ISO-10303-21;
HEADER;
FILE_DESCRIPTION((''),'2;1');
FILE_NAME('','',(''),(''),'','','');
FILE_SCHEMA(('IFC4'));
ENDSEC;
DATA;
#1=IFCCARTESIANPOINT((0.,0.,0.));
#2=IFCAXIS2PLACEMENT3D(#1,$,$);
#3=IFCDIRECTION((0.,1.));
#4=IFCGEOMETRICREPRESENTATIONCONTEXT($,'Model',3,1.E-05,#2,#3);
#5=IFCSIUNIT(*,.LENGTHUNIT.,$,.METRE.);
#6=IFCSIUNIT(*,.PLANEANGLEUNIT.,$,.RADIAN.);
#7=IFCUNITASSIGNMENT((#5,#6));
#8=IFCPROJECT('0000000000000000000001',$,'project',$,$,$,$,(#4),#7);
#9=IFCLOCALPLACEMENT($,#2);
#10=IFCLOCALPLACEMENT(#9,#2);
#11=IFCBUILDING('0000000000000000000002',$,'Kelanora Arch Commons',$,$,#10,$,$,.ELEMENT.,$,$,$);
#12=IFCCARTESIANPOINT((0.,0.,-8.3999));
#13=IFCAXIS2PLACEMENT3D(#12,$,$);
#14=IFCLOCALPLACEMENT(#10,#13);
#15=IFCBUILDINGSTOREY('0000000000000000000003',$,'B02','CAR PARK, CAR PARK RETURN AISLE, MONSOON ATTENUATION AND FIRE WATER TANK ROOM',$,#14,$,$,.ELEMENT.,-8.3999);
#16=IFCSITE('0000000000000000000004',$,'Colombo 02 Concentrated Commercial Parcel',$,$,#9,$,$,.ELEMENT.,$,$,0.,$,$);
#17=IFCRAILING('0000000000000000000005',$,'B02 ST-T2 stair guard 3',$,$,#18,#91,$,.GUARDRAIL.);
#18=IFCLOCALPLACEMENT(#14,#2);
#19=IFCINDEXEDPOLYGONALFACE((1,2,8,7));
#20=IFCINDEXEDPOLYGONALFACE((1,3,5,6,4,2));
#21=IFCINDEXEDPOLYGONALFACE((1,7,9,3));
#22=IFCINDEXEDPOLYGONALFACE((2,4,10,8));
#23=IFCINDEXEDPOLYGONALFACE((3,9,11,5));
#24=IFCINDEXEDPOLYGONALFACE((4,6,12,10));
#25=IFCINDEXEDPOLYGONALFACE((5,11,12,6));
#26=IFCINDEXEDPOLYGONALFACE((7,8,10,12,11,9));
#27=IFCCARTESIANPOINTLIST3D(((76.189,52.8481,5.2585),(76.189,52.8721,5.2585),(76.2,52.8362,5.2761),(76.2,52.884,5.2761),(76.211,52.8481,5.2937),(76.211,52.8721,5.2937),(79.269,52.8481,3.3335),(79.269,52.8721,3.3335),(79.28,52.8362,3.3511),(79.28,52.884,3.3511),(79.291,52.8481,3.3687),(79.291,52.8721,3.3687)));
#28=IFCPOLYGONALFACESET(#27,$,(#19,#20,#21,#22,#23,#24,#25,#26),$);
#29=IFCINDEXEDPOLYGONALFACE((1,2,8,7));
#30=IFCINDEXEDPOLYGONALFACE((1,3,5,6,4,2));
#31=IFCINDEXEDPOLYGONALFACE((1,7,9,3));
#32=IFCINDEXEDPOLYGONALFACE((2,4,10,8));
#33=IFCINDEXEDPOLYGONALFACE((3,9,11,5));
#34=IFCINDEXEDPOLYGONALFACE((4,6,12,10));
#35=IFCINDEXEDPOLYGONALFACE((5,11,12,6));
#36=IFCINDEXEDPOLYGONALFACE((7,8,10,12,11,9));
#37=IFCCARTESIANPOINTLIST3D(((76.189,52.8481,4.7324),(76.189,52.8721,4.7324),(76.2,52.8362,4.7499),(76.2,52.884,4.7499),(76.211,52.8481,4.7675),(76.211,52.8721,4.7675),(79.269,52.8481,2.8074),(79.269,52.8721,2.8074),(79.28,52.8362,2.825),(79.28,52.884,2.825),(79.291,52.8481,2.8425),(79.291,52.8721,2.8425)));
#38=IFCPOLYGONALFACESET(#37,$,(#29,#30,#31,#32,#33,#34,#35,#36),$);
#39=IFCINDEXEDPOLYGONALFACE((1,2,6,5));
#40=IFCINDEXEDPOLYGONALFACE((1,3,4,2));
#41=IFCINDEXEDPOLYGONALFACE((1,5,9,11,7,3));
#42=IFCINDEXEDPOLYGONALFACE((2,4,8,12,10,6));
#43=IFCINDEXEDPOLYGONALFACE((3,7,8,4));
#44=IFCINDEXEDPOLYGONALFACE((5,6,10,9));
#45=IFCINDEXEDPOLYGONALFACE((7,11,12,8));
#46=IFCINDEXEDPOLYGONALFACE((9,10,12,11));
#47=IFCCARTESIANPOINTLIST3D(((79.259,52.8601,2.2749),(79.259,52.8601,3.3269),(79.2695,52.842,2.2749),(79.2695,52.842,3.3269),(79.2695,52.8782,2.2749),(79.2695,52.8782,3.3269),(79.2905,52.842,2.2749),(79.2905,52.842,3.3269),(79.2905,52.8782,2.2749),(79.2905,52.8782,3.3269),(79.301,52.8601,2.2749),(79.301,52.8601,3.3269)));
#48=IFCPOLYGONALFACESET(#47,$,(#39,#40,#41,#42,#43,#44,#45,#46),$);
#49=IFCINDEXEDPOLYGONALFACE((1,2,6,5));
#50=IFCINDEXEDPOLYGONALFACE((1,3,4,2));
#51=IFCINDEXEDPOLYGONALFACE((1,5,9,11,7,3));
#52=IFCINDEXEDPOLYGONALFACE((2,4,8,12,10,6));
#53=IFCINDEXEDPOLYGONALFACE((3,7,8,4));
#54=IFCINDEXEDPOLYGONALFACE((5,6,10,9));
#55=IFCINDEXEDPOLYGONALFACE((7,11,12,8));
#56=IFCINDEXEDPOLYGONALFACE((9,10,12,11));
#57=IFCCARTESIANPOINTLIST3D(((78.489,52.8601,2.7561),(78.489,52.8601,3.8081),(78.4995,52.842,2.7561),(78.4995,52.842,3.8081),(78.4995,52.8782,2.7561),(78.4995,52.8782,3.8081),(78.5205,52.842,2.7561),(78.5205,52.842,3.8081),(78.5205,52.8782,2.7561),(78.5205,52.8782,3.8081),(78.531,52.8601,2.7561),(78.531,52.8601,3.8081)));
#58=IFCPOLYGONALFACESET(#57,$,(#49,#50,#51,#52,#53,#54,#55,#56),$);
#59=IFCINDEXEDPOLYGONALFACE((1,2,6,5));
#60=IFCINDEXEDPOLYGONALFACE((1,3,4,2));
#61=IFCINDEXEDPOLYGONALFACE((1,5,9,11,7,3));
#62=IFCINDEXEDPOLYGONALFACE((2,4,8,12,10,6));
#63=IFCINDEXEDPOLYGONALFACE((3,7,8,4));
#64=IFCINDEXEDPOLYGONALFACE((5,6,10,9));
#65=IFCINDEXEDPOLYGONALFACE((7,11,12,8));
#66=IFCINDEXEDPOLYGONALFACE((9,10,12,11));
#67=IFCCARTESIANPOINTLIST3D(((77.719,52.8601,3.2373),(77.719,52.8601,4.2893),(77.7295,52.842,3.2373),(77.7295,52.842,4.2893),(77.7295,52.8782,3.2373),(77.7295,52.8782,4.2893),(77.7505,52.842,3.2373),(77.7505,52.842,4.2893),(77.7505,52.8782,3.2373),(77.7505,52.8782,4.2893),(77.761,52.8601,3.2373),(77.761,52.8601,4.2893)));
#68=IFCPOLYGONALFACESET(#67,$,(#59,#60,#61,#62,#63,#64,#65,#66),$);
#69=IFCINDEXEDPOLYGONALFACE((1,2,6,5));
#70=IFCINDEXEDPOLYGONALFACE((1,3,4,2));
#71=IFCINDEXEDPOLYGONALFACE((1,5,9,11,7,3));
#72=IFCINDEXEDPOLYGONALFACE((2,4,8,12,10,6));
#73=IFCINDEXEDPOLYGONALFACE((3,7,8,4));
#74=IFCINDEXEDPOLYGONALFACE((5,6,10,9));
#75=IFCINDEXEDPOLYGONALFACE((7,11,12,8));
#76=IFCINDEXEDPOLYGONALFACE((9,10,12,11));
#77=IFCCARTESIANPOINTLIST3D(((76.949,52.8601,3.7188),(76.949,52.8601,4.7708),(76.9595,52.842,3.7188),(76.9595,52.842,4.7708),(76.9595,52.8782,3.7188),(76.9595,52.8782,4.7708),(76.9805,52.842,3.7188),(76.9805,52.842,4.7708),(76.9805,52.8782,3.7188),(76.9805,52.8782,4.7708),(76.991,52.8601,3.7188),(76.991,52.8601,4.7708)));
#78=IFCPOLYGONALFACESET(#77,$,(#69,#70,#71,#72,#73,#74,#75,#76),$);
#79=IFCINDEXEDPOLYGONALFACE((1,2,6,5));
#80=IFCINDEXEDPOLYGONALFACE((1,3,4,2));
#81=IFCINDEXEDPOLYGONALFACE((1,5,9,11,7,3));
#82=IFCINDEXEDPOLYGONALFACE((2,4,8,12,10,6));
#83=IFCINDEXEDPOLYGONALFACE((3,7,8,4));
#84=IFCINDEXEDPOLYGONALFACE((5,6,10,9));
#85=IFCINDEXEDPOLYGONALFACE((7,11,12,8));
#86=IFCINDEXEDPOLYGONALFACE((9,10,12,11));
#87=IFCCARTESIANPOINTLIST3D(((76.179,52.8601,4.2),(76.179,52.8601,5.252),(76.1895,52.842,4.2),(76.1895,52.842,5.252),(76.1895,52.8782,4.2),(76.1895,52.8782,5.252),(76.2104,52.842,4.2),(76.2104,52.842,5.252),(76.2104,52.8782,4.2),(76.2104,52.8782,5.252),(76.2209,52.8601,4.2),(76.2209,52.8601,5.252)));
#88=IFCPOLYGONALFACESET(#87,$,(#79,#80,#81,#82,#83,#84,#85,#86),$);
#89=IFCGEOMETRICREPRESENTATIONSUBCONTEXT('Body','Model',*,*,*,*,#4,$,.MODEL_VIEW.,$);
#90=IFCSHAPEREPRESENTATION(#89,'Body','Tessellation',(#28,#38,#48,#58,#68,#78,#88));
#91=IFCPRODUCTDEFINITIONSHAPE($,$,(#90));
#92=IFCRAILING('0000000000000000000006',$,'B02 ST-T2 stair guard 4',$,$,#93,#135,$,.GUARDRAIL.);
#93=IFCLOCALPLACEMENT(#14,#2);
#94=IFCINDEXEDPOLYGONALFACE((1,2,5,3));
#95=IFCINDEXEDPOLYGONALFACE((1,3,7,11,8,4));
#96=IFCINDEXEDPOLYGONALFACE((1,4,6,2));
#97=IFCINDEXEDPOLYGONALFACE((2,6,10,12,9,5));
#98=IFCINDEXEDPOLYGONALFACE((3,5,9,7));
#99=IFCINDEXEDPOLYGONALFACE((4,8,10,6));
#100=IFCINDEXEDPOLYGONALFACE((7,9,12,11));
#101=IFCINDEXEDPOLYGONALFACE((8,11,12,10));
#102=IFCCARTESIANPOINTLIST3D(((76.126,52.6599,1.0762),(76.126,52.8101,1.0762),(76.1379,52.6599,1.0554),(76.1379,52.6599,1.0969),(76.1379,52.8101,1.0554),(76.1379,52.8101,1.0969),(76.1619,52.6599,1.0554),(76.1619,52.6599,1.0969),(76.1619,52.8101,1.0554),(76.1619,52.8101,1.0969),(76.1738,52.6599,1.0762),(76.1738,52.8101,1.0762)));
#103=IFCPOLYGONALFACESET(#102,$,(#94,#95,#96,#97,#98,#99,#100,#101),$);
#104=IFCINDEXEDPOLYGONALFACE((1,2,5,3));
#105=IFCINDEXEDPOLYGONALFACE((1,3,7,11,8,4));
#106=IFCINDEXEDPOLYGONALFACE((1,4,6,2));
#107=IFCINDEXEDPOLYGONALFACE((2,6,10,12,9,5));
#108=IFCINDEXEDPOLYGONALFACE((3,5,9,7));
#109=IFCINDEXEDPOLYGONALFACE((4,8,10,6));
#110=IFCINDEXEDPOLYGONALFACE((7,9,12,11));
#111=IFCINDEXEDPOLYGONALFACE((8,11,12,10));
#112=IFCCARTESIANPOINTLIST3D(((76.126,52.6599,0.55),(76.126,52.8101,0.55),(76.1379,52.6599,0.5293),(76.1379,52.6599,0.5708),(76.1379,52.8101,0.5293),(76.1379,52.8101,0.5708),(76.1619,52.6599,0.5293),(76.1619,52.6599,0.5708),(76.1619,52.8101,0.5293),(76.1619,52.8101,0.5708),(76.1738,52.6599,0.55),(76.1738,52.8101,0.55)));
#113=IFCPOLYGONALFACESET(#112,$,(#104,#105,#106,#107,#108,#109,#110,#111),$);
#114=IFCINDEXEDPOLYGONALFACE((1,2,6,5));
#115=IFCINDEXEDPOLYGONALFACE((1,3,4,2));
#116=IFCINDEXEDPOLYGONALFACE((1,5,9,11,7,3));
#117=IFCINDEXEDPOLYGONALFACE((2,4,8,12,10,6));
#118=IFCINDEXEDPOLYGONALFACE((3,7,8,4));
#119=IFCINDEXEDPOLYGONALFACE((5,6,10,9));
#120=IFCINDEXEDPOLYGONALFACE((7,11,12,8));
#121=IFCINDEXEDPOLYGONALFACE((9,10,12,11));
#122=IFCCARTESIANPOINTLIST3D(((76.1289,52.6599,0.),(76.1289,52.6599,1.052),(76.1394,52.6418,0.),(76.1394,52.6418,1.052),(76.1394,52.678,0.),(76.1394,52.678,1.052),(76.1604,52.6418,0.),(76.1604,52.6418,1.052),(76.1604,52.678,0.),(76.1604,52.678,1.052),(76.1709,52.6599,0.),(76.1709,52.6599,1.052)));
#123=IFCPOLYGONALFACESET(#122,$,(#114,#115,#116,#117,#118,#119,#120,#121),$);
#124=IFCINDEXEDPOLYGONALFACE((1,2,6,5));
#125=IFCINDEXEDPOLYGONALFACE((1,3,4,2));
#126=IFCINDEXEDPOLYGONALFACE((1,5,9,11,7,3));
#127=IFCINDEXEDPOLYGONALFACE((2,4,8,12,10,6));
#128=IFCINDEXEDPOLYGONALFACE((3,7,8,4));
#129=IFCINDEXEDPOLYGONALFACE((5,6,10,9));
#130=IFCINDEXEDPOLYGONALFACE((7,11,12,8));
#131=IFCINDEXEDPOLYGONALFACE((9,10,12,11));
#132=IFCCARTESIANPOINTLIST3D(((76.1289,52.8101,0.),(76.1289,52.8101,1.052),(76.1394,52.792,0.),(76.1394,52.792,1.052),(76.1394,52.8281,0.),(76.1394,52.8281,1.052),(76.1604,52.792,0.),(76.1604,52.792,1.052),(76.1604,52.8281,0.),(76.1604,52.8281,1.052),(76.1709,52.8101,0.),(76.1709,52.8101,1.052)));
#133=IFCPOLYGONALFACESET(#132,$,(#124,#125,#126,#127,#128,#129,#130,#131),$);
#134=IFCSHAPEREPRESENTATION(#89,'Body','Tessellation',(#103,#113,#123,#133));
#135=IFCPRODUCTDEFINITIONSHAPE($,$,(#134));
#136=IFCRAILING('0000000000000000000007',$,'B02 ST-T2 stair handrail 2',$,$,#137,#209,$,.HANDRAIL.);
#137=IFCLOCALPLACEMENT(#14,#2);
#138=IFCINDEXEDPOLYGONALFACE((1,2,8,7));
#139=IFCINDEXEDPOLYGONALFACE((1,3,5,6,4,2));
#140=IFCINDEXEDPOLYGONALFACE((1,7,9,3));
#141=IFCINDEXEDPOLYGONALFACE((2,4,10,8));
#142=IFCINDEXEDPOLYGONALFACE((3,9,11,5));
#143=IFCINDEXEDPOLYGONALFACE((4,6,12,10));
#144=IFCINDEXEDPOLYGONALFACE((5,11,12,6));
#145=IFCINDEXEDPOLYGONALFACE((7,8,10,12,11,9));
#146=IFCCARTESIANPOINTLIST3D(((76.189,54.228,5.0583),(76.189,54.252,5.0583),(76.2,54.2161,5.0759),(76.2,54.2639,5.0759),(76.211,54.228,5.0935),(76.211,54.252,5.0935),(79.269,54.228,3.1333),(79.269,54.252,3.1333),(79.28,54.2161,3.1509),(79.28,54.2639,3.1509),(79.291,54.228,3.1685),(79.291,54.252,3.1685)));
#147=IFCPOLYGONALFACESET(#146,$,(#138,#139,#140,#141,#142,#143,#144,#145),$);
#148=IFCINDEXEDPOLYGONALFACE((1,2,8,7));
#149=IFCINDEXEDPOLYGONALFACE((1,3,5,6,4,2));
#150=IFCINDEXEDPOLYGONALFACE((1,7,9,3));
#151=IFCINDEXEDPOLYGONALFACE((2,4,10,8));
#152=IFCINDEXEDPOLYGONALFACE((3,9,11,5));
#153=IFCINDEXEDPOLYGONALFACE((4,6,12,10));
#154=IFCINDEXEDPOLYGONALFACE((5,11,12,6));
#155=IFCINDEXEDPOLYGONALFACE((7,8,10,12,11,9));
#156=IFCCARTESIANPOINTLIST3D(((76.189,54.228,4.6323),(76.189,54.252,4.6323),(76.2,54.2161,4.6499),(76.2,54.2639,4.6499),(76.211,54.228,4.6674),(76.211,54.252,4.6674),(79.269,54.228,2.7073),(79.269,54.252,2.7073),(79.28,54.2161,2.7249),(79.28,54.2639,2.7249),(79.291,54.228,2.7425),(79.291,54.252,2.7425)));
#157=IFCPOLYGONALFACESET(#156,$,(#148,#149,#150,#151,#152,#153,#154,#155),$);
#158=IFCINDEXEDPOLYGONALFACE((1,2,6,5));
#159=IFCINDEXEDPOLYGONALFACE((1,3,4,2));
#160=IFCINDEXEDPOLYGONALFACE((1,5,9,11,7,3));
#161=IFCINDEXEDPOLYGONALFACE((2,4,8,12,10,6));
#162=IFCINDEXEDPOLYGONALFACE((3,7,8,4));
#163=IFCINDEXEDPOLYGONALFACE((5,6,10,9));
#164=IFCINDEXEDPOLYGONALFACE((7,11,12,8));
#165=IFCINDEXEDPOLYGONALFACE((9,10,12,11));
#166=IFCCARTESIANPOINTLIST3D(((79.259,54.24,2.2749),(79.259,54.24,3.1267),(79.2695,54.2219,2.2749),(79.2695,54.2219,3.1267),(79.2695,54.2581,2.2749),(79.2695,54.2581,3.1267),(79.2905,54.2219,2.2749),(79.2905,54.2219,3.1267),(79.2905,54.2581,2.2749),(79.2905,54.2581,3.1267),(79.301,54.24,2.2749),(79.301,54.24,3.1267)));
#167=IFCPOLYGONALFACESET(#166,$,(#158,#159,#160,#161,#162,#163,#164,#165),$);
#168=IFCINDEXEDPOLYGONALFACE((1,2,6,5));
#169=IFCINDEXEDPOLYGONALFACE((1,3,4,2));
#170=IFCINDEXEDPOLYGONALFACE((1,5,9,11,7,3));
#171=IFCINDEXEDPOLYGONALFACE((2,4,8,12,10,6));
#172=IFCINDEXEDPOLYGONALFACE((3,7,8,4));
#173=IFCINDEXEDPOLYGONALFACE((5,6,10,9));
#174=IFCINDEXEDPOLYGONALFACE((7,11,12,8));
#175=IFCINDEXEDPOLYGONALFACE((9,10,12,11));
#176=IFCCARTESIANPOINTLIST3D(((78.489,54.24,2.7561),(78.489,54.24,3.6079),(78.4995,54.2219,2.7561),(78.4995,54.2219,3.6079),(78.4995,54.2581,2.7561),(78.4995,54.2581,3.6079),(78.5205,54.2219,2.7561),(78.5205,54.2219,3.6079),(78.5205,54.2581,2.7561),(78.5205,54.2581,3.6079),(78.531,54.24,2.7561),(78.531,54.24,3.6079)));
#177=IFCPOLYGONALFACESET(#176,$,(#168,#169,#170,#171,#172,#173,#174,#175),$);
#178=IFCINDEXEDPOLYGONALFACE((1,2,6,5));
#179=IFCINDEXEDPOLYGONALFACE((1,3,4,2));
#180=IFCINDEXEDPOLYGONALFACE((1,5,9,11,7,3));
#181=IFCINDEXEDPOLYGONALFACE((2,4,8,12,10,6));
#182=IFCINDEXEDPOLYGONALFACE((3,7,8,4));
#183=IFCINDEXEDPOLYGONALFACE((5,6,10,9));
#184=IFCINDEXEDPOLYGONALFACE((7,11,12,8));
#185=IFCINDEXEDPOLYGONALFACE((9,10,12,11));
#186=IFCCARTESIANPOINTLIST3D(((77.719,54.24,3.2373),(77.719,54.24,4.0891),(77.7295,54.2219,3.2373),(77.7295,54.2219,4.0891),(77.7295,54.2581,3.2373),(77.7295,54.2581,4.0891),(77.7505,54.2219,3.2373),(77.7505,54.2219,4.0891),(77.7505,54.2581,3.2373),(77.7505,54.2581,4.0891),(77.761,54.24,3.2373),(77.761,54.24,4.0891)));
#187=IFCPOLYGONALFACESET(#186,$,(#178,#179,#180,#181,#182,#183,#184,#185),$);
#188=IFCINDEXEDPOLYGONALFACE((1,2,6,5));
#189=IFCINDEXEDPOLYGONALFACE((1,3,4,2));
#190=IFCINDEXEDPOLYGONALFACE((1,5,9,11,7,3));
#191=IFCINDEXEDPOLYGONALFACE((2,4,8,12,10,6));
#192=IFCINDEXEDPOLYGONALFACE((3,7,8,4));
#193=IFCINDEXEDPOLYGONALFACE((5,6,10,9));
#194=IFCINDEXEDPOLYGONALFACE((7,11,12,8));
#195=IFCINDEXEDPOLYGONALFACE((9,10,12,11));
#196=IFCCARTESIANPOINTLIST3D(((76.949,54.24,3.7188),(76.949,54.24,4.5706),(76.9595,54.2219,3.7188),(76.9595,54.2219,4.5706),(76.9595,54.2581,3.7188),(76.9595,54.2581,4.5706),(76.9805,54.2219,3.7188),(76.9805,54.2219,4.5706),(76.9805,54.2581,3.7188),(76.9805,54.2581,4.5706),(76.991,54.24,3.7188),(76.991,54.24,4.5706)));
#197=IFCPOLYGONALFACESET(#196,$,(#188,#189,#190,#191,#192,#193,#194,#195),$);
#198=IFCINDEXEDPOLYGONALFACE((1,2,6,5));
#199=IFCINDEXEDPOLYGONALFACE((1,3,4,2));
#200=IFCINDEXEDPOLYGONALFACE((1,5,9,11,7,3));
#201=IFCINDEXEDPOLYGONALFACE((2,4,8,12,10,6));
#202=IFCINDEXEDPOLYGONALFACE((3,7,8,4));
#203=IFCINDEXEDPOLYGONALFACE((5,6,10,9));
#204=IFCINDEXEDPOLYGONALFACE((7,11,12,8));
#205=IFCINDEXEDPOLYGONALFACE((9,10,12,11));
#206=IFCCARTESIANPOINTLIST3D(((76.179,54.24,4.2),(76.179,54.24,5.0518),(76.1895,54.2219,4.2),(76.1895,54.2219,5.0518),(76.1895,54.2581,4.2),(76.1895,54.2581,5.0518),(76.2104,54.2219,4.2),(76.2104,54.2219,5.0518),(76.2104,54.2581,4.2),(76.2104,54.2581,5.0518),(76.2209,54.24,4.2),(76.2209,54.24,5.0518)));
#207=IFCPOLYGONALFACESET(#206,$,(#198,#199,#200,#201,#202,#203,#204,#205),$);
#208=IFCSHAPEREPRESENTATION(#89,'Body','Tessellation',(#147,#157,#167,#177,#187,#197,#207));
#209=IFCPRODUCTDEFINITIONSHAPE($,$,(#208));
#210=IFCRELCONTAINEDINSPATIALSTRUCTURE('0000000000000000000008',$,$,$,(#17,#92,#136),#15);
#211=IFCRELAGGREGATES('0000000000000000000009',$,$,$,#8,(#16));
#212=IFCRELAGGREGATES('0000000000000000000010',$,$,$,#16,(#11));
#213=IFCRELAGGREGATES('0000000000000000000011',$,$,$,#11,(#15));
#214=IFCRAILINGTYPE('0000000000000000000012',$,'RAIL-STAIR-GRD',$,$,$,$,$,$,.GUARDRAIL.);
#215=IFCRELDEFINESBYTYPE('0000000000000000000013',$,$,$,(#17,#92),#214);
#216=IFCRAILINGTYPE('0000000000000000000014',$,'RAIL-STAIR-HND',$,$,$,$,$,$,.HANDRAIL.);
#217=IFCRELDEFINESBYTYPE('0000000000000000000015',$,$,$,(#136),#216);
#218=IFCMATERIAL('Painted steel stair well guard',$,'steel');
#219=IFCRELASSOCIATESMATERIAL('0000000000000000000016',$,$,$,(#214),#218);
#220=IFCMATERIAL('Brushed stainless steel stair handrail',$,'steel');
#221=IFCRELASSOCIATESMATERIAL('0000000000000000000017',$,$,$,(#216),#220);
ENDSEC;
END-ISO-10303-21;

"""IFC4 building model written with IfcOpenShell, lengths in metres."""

from ifc_helpers import new_model, si_unit, direction, frame, origin, place, context, subcontext, project, spatial, polyline, outline, extrude, material, type_object, element, save


model = new_model("IFC4")

# Units and contexts
model_context = context("Model", 3, precision=1e-05, world=origin(), true_north=direction((0.0, 1.0)))
body_context = subcontext(model_context, "Body", "Model", "MODEL_VIEW")
ifc_project = project(units=[si_unit("LENGTHUNIT", "METRE"), si_unit("PLANEANGLEUNIT", "RADIAN")], contexts=[model_context])

# Site, building, storey
site_placement = place(None, origin())
site = spatial("IfcSite", under=ifc_project, at=site_placement, Name="Colombo 02 Concentrated Commercial Parcel", CompositionType="ELEMENT", RefElevation=0.0)
building_placement = place(site_placement, origin())
building = spatial("IfcBuilding", under=site, at=building_placement, Name="Kelanora Arch Commons", CompositionType="ELEMENT")
storey_placement = place(building_placement, frame((0.0, 0.0, -8.3999)))
storey = spatial("IfcBuildingStorey", under=building, at=storey_placement, Name="B02", Description="CAR PARK, CAR PARK RETURN AISLE, MONSOON ATTENUATION AND FIRE WATER TANK ROOM", CompositionType="ELEMENT", Elevation=-8.3999)

# Railings
ifc_material_1 = material(Name="Painted steel stair well guard", Category="steel")
railing_type_1 = type_object("IfcRailingType", Name="RAIL-STAIR-GRD", PredefinedType="GUARDRAIL", material=ifc_material_1)
railing_1_placement = place(storey_placement, frame((79.28, 52.8601, 2.2749)))
element("IfcRailing", 1, at=railing_1_placement, inside=storey, type_object=railing_type_1, Name="B02 ST-T2 stair guard 3", PredefinedType="GUARDRAIL", context=body_context, shape_type="SweptSolid", body=[
    extrude(outline(polyline([(0.0239, 0.0), (0.012, 0.0208), (-0.012, 0.0208), (-0.0239, 0.0), (-0.012, -0.0208), (0.012, -0.0208), (0.0239, 0.0)])), frame((0.0, 0.0, 1.0762), z_axis=(-0.847998, 0.0, 0.529999), x_axis=(0.0, -1.0, 0.0)), (0.0, 0.0, 1.0), 3.6321),
    extrude(outline(polyline([(0.0239, 0.0), (0.012, 0.0208), (-0.012, 0.0208), (-0.0239, 0.0), (-0.012, -0.0208), (0.012, -0.0208), (0.0239, 0.0)])), frame((0.0, 0.0, 0.55), z_axis=(-0.847998, 0.0, 0.529999), x_axis=(0.0, -1.0, 0.0)), (0.0, 0.0, 1.0), 3.6321),
    extrude(outline(polyline([(0.021, 0.0), (0.0105, 0.0181), (-0.0105, 0.0181), (-0.021, 0.0), (-0.0105, -0.0181), (0.0105, -0.0181), (0.021, 0.0)])), origin(), (0.0, 0.0, 1.0), 1.052),
    extrude(outline(polyline([(0.021, 0.0), (0.0105, 0.0181), (-0.0105, 0.0181), (-0.021, 0.0), (-0.0105, -0.0181), (0.0105, -0.0181), (0.021, 0.0)])), frame((-0.77, 0.0, 0.4812)), (0.0, 0.0, 1.0), 1.052),
    extrude(outline(polyline([(0.021, 0.0), (0.0105, 0.0181), (-0.0105, 0.0181), (-0.021, 0.0), (-0.0105, -0.0181), (0.0105, -0.0181), (0.021, 0.0)])), frame((-1.54, 0.0, 0.9624)), (0.0, 0.0, 1.0), 1.052),
    extrude(outline(polyline([(0.021, 0.0), (0.0105, 0.0181), (-0.0105, 0.0181), (-0.021, 0.0), (-0.0105, -0.0181), (0.0105, -0.0181), (0.021, 0.0)])), frame((-2.3101, 0.0, 1.4438)), (0.0, 0.0, 1.0), 1.052),
    extrude(outline(polyline([(0.021, 0.0), (0.0105, 0.0181), (-0.0105, 0.0181), (-0.021, 0.0), (-0.0105, -0.0181), (0.0105, -0.0181), (0.021, 0.0)])), frame((-3.0801, 0.0, 1.925)), (0.0, 0.0, 1.0), 1.052),
])
railing_2_placement = place(storey_placement, frame((76.1499, 52.6599, 0.0)))
element("IfcRailing", 2, at=railing_2_placement, inside=storey, type_object=railing_type_1, Name="B02 ST-T2 stair guard 4", PredefinedType="GUARDRAIL", context=body_context, shape_type="SweptSolid", body=[
    extrude(outline(polyline([(0.0239, 0.0), (0.012, 0.0208), (-0.012, 0.0208), (-0.0239, 0.0), (-0.012, -0.0208), (0.012, -0.0208), (0.0239, 0.0)])), frame((0.0, 0.0, 1.0762), z_axis=(0.0, 1.0, 0.0), x_axis=(-1.0, 0.0, 0.0)), (0.0, 0.0, 1.0), 0.1501),
    extrude(outline(polyline([(0.0239, 0.0), (0.012, 0.0208), (-0.012, 0.0208), (-0.0239, 0.0), (-0.012, -0.0208), (0.012, -0.0208), (0.0239, 0.0)])), frame((0.0, 0.0, 0.55), z_axis=(0.0, 1.0, 0.0), x_axis=(-1.0, 0.0, 0.0)), (0.0, 0.0, 1.0), 0.1501),
    extrude(outline(polyline([(0.021, 0.0), (0.0105, 0.0181), (-0.0105, 0.0181), (-0.021, 0.0), (-0.0105, -0.0181), (0.0105, -0.0181), (0.021, 0.0)])), origin(), (0.0, 0.0, 1.0), 1.052),
    extrude(outline(polyline([(0.021, 0.0), (0.0105, 0.0181), (-0.0105, 0.0181), (-0.021, 0.0), (-0.0105, -0.0181), (0.0105, -0.0181), (0.021, 0.0)])), frame((0.0, 0.1501, 0.0)), (0.0, 0.0, 1.0), 1.052),
])
ifc_material_2 = material(Name="Brushed stainless steel stair handrail", Category="steel")
railing_type_2 = type_object("IfcRailingType", Name="RAIL-STAIR-HND", PredefinedType="HANDRAIL", material=ifc_material_2)
railing_3_placement = place(storey_placement, frame((79.28, 54.24, 2.2749)))
element("IfcRailing", 3, at=railing_3_placement, inside=storey, type_object=railing_type_2, Name="B02 ST-T2 stair handrail 2", PredefinedType="HANDRAIL", context=body_context, shape_type="SweptSolid", body=[
    extrude(outline(polyline([(0.0239, 0.0), (0.012, 0.0208), (-0.012, 0.0208), (-0.0239, 0.0), (-0.012, -0.0208), (0.012, -0.0208), (0.0239, 0.0)])), frame((0.0, 0.0, 0.876), z_axis=(-0.847998, 0.0, 0.529999), x_axis=(0.0, -1.0, 0.0)), (0.0, 0.0, 1.0), 3.6321),
    extrude(outline(polyline([(0.0239, 0.0), (0.012, 0.0208), (-0.012, 0.0208), (-0.0239, 0.0), (-0.012, -0.0208), (0.012, -0.0208), (0.0239, 0.0)])), frame((0.0, 0.0, 0.45), z_axis=(-0.847998, 0.0, 0.529999), x_axis=(0.0, -1.0, 0.0)), (0.0, 0.0, 1.0), 3.6321),
    extrude(outline(polyline([(0.021, 0.0), (0.0105, 0.0181), (-0.0105, 0.0181), (-0.021, 0.0), (-0.0105, -0.0181), (0.0105, -0.0181), (0.021, 0.0)])), origin(), (0.0, 0.0, 1.0), 0.8518),
    extrude(outline(polyline([(0.021, 0.0), (0.0105, 0.0181), (-0.0105, 0.0181), (-0.021, 0.0), (-0.0105, -0.0181), (0.0105, -0.0181), (0.021, 0.0)])), frame((-0.77, 0.0, 0.4812)), (0.0, 0.0, 1.0), 0.8518),
    extrude(outline(polyline([(0.021, 0.0), (0.0105, 0.0181), (-0.0105, 0.0181), (-0.021, 0.0), (-0.0105, -0.0181), (0.0105, -0.0181), (0.021, 0.0)])), frame((-1.54, 0.0, 0.9624)), (0.0, 0.0, 1.0), 0.8518),
    extrude(outline(polyline([(0.021, 0.0), (0.0105, 0.0181), (-0.0105, 0.0181), (-0.021, 0.0), (-0.0105, -0.0181), (0.0105, -0.0181), (0.021, 0.0)])), frame((-2.3101, 0.0, 1.4438)), (0.0, 0.0, 1.0), 0.8518),
    extrude(outline(polyline([(0.021, 0.0), (0.0105, 0.0181), (-0.0105, 0.0181), (-0.021, 0.0), (-0.0105, -0.0181), (0.0105, -0.0181), (0.021, 0.0)])), frame((-3.0801, 0.0, 1.925)), (0.0, 0.0, 1.0), 0.8518),
])

save(model, "model.ifc")
